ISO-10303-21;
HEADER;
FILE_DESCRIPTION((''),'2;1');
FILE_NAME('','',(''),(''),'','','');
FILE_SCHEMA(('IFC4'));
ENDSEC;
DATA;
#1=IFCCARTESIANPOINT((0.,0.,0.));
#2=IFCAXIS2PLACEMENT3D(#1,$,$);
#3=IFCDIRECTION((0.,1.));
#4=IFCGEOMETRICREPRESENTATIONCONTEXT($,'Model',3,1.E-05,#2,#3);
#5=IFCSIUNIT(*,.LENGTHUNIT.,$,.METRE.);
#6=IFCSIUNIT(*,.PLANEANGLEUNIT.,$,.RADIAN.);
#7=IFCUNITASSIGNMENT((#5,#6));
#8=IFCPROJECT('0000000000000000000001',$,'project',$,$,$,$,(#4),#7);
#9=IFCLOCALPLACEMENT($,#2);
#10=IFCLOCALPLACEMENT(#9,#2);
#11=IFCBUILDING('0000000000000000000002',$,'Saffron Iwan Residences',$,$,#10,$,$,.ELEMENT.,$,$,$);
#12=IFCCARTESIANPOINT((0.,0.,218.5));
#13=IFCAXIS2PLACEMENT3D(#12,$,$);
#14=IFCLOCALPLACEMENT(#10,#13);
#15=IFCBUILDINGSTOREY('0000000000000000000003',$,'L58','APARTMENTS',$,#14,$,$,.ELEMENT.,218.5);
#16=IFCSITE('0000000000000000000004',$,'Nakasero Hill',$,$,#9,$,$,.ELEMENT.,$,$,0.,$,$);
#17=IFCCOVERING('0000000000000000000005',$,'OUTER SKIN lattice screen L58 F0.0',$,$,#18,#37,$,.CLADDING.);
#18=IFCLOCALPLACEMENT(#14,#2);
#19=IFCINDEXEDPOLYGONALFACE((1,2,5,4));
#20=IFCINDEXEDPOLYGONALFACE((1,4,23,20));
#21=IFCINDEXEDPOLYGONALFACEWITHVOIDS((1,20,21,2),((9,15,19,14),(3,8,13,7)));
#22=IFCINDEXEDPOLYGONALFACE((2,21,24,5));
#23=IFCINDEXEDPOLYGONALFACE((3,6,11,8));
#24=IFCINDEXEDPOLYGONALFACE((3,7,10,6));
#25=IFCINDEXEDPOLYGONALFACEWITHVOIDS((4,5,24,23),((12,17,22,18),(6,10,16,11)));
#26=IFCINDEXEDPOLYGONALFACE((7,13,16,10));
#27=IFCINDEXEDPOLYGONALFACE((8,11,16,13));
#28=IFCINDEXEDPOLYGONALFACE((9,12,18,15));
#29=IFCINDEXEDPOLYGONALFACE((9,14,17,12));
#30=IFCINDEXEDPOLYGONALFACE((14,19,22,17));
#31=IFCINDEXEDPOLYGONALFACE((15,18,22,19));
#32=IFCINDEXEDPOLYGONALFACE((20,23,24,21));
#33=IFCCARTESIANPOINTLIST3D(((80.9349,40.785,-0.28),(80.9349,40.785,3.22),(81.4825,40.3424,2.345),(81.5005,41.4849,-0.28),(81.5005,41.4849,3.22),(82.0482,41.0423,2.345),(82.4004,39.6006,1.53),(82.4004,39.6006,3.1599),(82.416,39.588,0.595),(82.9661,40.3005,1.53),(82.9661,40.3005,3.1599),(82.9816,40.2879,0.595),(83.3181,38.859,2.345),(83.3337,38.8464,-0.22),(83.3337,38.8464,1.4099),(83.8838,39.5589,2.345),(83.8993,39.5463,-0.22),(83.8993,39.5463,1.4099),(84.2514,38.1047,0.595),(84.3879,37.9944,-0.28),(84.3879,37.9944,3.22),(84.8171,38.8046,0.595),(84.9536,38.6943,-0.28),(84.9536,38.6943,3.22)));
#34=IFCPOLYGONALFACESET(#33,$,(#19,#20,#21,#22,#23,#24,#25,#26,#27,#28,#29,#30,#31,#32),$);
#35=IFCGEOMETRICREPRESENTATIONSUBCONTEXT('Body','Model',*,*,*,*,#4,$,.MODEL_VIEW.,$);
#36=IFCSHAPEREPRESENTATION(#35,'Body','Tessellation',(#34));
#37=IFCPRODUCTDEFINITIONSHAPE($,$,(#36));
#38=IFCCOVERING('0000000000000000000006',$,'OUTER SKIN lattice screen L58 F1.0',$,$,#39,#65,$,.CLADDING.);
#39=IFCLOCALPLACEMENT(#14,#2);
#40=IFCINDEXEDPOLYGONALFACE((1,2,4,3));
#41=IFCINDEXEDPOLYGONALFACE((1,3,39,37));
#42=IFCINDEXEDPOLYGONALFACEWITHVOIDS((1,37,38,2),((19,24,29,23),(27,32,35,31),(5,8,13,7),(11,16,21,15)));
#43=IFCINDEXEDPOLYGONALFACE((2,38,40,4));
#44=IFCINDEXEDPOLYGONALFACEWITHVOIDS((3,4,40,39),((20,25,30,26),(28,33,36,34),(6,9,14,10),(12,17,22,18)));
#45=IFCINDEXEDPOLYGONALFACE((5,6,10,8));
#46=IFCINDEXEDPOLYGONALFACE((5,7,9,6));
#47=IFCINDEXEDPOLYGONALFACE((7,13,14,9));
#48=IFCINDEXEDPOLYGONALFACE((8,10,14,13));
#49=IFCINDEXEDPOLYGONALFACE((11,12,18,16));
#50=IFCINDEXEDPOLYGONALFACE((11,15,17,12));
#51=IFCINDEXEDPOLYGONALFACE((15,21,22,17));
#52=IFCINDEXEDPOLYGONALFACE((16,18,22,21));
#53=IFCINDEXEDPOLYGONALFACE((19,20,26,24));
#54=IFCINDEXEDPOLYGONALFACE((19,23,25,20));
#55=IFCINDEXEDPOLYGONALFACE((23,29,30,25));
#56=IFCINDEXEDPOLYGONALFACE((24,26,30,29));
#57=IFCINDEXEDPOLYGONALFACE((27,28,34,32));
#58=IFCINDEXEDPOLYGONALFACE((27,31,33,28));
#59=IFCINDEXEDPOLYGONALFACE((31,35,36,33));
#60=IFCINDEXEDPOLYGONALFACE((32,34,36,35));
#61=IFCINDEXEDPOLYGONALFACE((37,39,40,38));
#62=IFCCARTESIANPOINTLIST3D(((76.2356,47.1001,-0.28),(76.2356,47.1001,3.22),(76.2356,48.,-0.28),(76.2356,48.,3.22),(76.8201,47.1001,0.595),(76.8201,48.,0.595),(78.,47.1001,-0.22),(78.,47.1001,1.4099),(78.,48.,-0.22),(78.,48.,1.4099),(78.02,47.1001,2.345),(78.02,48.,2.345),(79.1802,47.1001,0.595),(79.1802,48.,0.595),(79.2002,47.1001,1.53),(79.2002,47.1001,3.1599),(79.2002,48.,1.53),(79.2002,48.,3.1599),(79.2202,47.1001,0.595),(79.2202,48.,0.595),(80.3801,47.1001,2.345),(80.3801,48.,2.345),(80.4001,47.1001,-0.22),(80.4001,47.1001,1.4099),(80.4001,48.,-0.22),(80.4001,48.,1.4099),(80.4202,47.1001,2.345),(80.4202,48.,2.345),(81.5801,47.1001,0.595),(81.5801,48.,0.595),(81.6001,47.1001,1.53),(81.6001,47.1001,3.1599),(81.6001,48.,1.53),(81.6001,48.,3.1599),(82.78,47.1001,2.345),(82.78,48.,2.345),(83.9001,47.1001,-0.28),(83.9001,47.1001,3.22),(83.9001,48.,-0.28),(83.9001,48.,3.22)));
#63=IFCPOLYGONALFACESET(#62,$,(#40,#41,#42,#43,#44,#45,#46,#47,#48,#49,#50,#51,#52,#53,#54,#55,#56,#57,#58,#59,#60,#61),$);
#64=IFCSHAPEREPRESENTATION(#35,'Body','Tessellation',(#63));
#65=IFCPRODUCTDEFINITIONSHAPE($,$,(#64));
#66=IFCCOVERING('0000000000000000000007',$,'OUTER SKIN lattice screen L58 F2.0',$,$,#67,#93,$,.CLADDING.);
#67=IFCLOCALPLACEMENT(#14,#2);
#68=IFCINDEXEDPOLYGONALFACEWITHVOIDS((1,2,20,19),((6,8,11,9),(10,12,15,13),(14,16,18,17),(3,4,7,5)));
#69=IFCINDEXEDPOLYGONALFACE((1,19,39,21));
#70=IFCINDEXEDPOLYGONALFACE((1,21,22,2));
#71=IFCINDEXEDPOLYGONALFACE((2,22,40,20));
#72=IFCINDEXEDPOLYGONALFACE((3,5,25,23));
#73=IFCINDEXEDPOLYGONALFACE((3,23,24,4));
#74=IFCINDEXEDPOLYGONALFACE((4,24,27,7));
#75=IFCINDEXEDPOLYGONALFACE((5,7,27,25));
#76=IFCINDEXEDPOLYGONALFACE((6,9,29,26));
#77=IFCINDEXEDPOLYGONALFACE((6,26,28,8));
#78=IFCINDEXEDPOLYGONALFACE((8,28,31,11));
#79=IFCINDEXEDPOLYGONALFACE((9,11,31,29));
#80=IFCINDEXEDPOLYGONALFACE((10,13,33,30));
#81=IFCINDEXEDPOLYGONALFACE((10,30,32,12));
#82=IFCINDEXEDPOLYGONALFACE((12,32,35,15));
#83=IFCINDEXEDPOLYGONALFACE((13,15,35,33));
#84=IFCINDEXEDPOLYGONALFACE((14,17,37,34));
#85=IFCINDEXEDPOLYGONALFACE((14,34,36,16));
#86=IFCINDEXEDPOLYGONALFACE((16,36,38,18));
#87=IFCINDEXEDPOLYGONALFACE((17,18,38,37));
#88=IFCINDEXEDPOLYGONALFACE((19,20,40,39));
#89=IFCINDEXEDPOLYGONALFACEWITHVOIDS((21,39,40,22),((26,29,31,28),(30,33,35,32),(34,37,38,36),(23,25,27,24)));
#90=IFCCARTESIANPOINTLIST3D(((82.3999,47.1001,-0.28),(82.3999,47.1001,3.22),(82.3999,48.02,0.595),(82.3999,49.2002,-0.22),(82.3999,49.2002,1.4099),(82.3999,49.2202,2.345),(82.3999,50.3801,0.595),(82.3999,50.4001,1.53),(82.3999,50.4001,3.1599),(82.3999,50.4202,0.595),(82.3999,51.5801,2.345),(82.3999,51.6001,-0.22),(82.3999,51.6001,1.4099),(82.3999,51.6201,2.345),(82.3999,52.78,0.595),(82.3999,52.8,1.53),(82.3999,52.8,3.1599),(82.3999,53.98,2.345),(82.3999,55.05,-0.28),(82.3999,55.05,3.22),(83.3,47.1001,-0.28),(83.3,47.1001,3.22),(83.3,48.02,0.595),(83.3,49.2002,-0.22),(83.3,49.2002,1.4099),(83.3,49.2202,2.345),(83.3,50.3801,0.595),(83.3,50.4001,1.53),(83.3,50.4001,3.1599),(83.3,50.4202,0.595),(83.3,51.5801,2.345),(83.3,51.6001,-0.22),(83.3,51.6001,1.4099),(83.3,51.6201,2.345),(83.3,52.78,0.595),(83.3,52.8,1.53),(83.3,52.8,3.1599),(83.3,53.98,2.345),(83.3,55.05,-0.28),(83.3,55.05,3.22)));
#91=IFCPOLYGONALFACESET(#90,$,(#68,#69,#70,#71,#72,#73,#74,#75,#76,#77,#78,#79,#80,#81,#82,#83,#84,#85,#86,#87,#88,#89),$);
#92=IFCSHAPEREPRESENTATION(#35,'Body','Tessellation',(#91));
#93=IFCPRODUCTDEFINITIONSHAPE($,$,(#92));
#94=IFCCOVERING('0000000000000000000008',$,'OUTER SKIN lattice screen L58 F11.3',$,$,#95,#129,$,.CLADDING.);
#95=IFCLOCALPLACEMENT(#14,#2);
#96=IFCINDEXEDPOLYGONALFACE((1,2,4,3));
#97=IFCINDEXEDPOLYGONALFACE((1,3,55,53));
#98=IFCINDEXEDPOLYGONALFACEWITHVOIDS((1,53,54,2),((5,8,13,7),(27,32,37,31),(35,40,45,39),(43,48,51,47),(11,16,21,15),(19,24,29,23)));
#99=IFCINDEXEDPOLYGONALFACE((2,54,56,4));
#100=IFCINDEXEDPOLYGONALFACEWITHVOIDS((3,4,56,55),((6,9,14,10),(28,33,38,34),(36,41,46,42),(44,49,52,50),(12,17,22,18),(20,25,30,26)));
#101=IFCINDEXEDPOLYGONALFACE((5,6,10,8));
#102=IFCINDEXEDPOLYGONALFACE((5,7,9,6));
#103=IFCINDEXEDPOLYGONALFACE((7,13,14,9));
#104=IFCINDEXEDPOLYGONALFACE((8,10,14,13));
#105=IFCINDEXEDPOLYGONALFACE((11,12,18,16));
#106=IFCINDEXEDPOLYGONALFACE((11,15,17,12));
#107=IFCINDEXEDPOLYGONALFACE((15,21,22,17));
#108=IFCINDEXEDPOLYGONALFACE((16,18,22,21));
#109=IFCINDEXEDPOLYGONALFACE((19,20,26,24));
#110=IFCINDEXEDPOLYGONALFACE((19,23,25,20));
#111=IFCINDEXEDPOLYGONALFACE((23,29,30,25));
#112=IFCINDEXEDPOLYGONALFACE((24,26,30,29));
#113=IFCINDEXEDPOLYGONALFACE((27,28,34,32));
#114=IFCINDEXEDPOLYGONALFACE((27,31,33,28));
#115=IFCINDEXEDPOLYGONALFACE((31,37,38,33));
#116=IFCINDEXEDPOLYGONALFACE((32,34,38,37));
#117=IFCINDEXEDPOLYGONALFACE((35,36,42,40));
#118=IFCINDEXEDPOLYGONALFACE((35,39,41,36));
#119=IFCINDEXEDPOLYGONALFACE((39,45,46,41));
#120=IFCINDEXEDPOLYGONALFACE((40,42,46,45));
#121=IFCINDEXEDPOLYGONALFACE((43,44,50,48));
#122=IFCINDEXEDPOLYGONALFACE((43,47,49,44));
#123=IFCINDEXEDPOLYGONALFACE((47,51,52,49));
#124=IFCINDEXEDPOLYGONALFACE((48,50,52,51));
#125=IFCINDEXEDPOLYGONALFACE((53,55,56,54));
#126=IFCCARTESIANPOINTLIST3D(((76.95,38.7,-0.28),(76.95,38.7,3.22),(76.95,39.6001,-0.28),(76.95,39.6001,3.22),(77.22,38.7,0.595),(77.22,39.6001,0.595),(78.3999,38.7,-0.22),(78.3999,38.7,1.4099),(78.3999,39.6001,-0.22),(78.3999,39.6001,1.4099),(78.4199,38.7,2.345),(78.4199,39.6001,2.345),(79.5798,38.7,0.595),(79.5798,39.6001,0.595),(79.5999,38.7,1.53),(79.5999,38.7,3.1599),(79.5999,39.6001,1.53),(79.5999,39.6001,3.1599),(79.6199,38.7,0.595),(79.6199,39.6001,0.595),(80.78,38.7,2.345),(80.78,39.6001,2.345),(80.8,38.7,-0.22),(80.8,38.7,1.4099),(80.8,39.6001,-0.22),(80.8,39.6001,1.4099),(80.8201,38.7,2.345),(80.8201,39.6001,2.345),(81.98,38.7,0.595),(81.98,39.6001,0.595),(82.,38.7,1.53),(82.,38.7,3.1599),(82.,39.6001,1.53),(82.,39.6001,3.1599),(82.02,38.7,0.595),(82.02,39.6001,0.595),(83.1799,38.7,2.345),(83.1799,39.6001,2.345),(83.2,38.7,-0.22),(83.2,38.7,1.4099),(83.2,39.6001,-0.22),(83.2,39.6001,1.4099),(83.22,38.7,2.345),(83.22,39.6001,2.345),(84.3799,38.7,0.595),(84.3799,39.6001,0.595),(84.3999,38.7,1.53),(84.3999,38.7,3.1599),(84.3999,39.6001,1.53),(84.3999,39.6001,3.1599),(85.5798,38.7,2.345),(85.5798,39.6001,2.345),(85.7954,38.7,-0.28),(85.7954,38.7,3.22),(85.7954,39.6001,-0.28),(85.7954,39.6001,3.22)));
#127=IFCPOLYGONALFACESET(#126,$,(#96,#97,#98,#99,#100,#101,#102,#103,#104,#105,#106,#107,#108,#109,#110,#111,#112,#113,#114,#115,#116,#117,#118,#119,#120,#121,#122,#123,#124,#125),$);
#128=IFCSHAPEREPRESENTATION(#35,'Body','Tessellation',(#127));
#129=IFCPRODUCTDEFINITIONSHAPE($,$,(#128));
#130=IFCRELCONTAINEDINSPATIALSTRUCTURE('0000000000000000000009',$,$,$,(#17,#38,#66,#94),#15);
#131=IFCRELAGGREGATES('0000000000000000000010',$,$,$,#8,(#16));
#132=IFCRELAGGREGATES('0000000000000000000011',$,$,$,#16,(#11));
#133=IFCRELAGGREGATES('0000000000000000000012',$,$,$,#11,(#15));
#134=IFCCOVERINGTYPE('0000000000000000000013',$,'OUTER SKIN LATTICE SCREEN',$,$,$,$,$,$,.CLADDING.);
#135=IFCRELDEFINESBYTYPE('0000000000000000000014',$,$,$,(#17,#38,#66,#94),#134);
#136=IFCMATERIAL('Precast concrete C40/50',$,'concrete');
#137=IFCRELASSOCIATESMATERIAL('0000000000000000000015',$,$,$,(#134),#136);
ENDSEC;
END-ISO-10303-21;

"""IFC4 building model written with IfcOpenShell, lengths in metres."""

from ifc_helpers import new_model, si_unit, direction, frame, origin, place, context, subcontext, project, spatial, polyline, outline, extrude, material, type_object, element, save


model = new_model("IFC4")

# Units and contexts
model_context = context("Model", 3, precision=1e-05, world=origin(), true_north=direction((0.0, 1.0)))
body_context = subcontext(model_context, "Body", "Model", "MODEL_VIEW")
ifc_project = project(units=[si_unit("LENGTHUNIT", "METRE"), si_unit("PLANEANGLEUNIT", "RADIAN")], contexts=[model_context])

# Site, building, storey
site_placement = place(None, origin())
site = spatial("IfcSite", under=ifc_project, at=site_placement, Name="Nakasero Hill", CompositionType="ELEMENT", RefElevation=0.0)
building_placement = place(site_placement, origin())
building = spatial("IfcBuilding", under=site, at=building_placement, Name="Saffron Iwan Residences", CompositionType="ELEMENT")
storey_placement = place(building_placement, frame((0.0, 0.0, 218.5)))
storey = spatial("IfcBuildingStorey", under=building, at=storey_placement, Name="L58", Description="APARTMENTS", CompositionType="ELEMENT", Elevation=218.5)

# Coverings
ifc_material_1 = material(Name="Precast concrete C40/50", Category="concrete")
covering_type = type_object("IfcCoveringType", Name="OUTER SKIN LATTICE SCREEN", PredefinedType="CLADDING", material=ifc_material_1)
covering_1_placement = place(storey_placement, frame((84.3879, 37.9944, -0.28), z_axis=(0.628558, 0.777763, 0.0), x_axis=(-0.777763, 0.628558, 0.0)))
element("IfcCovering", 1, at=covering_1_placement, inside=storey, type_object=covering_type, Name="OUTER SKIN lattice screen L58 F0.0", PredefinedType="CLADDING", context=body_context, shape_type="SweptSolid", body=[
    extrude(outline(polyline([(0.0, 0.0), (4.4397, 0.0), (4.4397, 3.5), (0.0, 3.5), (0.0, 0.0)]), holes=[polyline([(0.1755, 0.875), (1.3555, 0.0601), (2.5354, 0.875), (1.3555, 1.6899), (0.1755, 0.875)]), polyline([(1.3755, 2.625), (2.5554, 1.8101), (3.7356, 2.625), (2.5554, 3.4399), (1.3755, 2.625)])]), origin(), (0.0, 0.0, 1.0), 0.8999),
])
covering_2_placement = place(storey_placement, frame((76.2356, 48.0, -0.28), z_axis=(0.0, -1.0, 0.0), x_axis=(1.0, 0.0, 0.0)))
element("IfcCovering", 2, at=covering_2_placement, inside=storey, type_object=covering_type, Name="OUTER SKIN lattice screen L58 F1.0", PredefinedType="CLADDING", context=body_context, shape_type="SweptSolid", body=[
    extrude(outline(polyline([(0.0, 0.0), (7.6646, 0.0), (7.6646, 3.5), (0.0, 3.5), (0.0, 0.0)]), holes=[polyline([(0.5845, 0.875), (1.7644, 0.0601), (2.9446, 0.875), (1.7644, 1.6899), (0.5845, 0.875)]), polyline([(2.9846, 0.875), (4.1646, 0.0601), (5.3445, 0.875), (4.1646, 1.6899), (2.9846, 0.875)]), polyline([(1.7844, 2.625), (2.9646, 1.8101), (4.1445, 2.625), (2.9646, 3.4399), (1.7844, 2.625)]), polyline([(4.1846, 2.625), (5.3645, 1.8101), (6.5444, 2.625), (5.3645, 3.4399), (4.1846, 2.625)])]), origin(), (0.0, 0.0, 1.0), 0.8999),
])
covering_3_placement = place(storey_placement, frame((82.3999, 47.1001, -0.28), z_axis=(1.0, 0.0, 0.0), x_axis=(0.0, 1.0, 0.0)))
element("IfcCovering", 3, at=covering_3_placement, inside=storey, type_object=covering_type, Name="OUTER SKIN lattice screen L58 F2.0", PredefinedType="CLADDING", context=body_context, shape_type="SweptSolid", body=[
    extrude(outline(polyline([(0.0, 0.0), (7.95, 0.0), (7.95, 3.5), (0.0, 3.5), (0.0, 0.0)]), holes=[polyline([(0.9199, 0.875), (2.1001, 0.0601), (3.28, 0.875), (2.1001, 1.6899), (0.9199, 0.875)]), polyline([(3.3201, 0.875), (4.5, 0.0601), (5.6799, 0.875), (4.5, 1.6899), (3.3201, 0.875)]), polyline([(2.1201, 2.625), (3.3, 1.8101), (4.48, 2.625), (3.3, 3.4399), (2.1201, 2.625)]), polyline([(4.52, 2.625), (5.7, 1.8101), (6.8799, 2.625), (5.7, 3.4399), (4.52, 2.625)])]), origin(), (0.0, 0.0, 1.0), 0.9001),
])
covering_4_placement = place(storey_placement, frame((76.95, 39.6001, -0.28), z_axis=(0.0, -1.0, 0.0), x_axis=(1.0, 0.0, 0.0)))
element("IfcCovering", 4, at=covering_4_placement, inside=storey, type_object=covering_type, Name="OUTER SKIN lattice screen L58 F11.3", PredefinedType="CLADDING", context=body_context, shape_type="SweptSolid", body=[
    extrude(outline(polyline([(0.0, 0.0), (8.8455, 0.0), (8.8455, 3.5), (0.0, 3.5), (0.0, 0.0)]), holes=[polyline([(0.27, 0.875), (1.45, 0.0601), (2.6299, 0.875), (1.45, 1.6899), (0.27, 0.875)]), polyline([(2.6699, 0.875), (3.8501, 0.0601), (5.03, 0.875), (3.8501, 1.6899), (2.6699, 0.875)]), polyline([(5.0701, 0.875), (6.25, 0.0601), (7.4299, 0.875), (6.25, 1.6899), (5.0701, 0.875)]), polyline([(1.47, 2.625), (2.6499, 1.8101), (3.8301, 2.625), (2.6499, 3.4399), (1.47, 2.625)]), polyline([(3.8701, 2.625), (5.05, 1.8101), (6.23, 2.625), (5.05, 3.4399), (3.8701, 2.625)]), polyline([(6.27, 2.625), (7.45, 1.8101), (8.6299, 2.625), (7.45, 3.4399), (6.27, 2.625)])]), origin(), (0.0, 0.0, 1.0), 0.9001),
])

save(model, "model.ifc")
